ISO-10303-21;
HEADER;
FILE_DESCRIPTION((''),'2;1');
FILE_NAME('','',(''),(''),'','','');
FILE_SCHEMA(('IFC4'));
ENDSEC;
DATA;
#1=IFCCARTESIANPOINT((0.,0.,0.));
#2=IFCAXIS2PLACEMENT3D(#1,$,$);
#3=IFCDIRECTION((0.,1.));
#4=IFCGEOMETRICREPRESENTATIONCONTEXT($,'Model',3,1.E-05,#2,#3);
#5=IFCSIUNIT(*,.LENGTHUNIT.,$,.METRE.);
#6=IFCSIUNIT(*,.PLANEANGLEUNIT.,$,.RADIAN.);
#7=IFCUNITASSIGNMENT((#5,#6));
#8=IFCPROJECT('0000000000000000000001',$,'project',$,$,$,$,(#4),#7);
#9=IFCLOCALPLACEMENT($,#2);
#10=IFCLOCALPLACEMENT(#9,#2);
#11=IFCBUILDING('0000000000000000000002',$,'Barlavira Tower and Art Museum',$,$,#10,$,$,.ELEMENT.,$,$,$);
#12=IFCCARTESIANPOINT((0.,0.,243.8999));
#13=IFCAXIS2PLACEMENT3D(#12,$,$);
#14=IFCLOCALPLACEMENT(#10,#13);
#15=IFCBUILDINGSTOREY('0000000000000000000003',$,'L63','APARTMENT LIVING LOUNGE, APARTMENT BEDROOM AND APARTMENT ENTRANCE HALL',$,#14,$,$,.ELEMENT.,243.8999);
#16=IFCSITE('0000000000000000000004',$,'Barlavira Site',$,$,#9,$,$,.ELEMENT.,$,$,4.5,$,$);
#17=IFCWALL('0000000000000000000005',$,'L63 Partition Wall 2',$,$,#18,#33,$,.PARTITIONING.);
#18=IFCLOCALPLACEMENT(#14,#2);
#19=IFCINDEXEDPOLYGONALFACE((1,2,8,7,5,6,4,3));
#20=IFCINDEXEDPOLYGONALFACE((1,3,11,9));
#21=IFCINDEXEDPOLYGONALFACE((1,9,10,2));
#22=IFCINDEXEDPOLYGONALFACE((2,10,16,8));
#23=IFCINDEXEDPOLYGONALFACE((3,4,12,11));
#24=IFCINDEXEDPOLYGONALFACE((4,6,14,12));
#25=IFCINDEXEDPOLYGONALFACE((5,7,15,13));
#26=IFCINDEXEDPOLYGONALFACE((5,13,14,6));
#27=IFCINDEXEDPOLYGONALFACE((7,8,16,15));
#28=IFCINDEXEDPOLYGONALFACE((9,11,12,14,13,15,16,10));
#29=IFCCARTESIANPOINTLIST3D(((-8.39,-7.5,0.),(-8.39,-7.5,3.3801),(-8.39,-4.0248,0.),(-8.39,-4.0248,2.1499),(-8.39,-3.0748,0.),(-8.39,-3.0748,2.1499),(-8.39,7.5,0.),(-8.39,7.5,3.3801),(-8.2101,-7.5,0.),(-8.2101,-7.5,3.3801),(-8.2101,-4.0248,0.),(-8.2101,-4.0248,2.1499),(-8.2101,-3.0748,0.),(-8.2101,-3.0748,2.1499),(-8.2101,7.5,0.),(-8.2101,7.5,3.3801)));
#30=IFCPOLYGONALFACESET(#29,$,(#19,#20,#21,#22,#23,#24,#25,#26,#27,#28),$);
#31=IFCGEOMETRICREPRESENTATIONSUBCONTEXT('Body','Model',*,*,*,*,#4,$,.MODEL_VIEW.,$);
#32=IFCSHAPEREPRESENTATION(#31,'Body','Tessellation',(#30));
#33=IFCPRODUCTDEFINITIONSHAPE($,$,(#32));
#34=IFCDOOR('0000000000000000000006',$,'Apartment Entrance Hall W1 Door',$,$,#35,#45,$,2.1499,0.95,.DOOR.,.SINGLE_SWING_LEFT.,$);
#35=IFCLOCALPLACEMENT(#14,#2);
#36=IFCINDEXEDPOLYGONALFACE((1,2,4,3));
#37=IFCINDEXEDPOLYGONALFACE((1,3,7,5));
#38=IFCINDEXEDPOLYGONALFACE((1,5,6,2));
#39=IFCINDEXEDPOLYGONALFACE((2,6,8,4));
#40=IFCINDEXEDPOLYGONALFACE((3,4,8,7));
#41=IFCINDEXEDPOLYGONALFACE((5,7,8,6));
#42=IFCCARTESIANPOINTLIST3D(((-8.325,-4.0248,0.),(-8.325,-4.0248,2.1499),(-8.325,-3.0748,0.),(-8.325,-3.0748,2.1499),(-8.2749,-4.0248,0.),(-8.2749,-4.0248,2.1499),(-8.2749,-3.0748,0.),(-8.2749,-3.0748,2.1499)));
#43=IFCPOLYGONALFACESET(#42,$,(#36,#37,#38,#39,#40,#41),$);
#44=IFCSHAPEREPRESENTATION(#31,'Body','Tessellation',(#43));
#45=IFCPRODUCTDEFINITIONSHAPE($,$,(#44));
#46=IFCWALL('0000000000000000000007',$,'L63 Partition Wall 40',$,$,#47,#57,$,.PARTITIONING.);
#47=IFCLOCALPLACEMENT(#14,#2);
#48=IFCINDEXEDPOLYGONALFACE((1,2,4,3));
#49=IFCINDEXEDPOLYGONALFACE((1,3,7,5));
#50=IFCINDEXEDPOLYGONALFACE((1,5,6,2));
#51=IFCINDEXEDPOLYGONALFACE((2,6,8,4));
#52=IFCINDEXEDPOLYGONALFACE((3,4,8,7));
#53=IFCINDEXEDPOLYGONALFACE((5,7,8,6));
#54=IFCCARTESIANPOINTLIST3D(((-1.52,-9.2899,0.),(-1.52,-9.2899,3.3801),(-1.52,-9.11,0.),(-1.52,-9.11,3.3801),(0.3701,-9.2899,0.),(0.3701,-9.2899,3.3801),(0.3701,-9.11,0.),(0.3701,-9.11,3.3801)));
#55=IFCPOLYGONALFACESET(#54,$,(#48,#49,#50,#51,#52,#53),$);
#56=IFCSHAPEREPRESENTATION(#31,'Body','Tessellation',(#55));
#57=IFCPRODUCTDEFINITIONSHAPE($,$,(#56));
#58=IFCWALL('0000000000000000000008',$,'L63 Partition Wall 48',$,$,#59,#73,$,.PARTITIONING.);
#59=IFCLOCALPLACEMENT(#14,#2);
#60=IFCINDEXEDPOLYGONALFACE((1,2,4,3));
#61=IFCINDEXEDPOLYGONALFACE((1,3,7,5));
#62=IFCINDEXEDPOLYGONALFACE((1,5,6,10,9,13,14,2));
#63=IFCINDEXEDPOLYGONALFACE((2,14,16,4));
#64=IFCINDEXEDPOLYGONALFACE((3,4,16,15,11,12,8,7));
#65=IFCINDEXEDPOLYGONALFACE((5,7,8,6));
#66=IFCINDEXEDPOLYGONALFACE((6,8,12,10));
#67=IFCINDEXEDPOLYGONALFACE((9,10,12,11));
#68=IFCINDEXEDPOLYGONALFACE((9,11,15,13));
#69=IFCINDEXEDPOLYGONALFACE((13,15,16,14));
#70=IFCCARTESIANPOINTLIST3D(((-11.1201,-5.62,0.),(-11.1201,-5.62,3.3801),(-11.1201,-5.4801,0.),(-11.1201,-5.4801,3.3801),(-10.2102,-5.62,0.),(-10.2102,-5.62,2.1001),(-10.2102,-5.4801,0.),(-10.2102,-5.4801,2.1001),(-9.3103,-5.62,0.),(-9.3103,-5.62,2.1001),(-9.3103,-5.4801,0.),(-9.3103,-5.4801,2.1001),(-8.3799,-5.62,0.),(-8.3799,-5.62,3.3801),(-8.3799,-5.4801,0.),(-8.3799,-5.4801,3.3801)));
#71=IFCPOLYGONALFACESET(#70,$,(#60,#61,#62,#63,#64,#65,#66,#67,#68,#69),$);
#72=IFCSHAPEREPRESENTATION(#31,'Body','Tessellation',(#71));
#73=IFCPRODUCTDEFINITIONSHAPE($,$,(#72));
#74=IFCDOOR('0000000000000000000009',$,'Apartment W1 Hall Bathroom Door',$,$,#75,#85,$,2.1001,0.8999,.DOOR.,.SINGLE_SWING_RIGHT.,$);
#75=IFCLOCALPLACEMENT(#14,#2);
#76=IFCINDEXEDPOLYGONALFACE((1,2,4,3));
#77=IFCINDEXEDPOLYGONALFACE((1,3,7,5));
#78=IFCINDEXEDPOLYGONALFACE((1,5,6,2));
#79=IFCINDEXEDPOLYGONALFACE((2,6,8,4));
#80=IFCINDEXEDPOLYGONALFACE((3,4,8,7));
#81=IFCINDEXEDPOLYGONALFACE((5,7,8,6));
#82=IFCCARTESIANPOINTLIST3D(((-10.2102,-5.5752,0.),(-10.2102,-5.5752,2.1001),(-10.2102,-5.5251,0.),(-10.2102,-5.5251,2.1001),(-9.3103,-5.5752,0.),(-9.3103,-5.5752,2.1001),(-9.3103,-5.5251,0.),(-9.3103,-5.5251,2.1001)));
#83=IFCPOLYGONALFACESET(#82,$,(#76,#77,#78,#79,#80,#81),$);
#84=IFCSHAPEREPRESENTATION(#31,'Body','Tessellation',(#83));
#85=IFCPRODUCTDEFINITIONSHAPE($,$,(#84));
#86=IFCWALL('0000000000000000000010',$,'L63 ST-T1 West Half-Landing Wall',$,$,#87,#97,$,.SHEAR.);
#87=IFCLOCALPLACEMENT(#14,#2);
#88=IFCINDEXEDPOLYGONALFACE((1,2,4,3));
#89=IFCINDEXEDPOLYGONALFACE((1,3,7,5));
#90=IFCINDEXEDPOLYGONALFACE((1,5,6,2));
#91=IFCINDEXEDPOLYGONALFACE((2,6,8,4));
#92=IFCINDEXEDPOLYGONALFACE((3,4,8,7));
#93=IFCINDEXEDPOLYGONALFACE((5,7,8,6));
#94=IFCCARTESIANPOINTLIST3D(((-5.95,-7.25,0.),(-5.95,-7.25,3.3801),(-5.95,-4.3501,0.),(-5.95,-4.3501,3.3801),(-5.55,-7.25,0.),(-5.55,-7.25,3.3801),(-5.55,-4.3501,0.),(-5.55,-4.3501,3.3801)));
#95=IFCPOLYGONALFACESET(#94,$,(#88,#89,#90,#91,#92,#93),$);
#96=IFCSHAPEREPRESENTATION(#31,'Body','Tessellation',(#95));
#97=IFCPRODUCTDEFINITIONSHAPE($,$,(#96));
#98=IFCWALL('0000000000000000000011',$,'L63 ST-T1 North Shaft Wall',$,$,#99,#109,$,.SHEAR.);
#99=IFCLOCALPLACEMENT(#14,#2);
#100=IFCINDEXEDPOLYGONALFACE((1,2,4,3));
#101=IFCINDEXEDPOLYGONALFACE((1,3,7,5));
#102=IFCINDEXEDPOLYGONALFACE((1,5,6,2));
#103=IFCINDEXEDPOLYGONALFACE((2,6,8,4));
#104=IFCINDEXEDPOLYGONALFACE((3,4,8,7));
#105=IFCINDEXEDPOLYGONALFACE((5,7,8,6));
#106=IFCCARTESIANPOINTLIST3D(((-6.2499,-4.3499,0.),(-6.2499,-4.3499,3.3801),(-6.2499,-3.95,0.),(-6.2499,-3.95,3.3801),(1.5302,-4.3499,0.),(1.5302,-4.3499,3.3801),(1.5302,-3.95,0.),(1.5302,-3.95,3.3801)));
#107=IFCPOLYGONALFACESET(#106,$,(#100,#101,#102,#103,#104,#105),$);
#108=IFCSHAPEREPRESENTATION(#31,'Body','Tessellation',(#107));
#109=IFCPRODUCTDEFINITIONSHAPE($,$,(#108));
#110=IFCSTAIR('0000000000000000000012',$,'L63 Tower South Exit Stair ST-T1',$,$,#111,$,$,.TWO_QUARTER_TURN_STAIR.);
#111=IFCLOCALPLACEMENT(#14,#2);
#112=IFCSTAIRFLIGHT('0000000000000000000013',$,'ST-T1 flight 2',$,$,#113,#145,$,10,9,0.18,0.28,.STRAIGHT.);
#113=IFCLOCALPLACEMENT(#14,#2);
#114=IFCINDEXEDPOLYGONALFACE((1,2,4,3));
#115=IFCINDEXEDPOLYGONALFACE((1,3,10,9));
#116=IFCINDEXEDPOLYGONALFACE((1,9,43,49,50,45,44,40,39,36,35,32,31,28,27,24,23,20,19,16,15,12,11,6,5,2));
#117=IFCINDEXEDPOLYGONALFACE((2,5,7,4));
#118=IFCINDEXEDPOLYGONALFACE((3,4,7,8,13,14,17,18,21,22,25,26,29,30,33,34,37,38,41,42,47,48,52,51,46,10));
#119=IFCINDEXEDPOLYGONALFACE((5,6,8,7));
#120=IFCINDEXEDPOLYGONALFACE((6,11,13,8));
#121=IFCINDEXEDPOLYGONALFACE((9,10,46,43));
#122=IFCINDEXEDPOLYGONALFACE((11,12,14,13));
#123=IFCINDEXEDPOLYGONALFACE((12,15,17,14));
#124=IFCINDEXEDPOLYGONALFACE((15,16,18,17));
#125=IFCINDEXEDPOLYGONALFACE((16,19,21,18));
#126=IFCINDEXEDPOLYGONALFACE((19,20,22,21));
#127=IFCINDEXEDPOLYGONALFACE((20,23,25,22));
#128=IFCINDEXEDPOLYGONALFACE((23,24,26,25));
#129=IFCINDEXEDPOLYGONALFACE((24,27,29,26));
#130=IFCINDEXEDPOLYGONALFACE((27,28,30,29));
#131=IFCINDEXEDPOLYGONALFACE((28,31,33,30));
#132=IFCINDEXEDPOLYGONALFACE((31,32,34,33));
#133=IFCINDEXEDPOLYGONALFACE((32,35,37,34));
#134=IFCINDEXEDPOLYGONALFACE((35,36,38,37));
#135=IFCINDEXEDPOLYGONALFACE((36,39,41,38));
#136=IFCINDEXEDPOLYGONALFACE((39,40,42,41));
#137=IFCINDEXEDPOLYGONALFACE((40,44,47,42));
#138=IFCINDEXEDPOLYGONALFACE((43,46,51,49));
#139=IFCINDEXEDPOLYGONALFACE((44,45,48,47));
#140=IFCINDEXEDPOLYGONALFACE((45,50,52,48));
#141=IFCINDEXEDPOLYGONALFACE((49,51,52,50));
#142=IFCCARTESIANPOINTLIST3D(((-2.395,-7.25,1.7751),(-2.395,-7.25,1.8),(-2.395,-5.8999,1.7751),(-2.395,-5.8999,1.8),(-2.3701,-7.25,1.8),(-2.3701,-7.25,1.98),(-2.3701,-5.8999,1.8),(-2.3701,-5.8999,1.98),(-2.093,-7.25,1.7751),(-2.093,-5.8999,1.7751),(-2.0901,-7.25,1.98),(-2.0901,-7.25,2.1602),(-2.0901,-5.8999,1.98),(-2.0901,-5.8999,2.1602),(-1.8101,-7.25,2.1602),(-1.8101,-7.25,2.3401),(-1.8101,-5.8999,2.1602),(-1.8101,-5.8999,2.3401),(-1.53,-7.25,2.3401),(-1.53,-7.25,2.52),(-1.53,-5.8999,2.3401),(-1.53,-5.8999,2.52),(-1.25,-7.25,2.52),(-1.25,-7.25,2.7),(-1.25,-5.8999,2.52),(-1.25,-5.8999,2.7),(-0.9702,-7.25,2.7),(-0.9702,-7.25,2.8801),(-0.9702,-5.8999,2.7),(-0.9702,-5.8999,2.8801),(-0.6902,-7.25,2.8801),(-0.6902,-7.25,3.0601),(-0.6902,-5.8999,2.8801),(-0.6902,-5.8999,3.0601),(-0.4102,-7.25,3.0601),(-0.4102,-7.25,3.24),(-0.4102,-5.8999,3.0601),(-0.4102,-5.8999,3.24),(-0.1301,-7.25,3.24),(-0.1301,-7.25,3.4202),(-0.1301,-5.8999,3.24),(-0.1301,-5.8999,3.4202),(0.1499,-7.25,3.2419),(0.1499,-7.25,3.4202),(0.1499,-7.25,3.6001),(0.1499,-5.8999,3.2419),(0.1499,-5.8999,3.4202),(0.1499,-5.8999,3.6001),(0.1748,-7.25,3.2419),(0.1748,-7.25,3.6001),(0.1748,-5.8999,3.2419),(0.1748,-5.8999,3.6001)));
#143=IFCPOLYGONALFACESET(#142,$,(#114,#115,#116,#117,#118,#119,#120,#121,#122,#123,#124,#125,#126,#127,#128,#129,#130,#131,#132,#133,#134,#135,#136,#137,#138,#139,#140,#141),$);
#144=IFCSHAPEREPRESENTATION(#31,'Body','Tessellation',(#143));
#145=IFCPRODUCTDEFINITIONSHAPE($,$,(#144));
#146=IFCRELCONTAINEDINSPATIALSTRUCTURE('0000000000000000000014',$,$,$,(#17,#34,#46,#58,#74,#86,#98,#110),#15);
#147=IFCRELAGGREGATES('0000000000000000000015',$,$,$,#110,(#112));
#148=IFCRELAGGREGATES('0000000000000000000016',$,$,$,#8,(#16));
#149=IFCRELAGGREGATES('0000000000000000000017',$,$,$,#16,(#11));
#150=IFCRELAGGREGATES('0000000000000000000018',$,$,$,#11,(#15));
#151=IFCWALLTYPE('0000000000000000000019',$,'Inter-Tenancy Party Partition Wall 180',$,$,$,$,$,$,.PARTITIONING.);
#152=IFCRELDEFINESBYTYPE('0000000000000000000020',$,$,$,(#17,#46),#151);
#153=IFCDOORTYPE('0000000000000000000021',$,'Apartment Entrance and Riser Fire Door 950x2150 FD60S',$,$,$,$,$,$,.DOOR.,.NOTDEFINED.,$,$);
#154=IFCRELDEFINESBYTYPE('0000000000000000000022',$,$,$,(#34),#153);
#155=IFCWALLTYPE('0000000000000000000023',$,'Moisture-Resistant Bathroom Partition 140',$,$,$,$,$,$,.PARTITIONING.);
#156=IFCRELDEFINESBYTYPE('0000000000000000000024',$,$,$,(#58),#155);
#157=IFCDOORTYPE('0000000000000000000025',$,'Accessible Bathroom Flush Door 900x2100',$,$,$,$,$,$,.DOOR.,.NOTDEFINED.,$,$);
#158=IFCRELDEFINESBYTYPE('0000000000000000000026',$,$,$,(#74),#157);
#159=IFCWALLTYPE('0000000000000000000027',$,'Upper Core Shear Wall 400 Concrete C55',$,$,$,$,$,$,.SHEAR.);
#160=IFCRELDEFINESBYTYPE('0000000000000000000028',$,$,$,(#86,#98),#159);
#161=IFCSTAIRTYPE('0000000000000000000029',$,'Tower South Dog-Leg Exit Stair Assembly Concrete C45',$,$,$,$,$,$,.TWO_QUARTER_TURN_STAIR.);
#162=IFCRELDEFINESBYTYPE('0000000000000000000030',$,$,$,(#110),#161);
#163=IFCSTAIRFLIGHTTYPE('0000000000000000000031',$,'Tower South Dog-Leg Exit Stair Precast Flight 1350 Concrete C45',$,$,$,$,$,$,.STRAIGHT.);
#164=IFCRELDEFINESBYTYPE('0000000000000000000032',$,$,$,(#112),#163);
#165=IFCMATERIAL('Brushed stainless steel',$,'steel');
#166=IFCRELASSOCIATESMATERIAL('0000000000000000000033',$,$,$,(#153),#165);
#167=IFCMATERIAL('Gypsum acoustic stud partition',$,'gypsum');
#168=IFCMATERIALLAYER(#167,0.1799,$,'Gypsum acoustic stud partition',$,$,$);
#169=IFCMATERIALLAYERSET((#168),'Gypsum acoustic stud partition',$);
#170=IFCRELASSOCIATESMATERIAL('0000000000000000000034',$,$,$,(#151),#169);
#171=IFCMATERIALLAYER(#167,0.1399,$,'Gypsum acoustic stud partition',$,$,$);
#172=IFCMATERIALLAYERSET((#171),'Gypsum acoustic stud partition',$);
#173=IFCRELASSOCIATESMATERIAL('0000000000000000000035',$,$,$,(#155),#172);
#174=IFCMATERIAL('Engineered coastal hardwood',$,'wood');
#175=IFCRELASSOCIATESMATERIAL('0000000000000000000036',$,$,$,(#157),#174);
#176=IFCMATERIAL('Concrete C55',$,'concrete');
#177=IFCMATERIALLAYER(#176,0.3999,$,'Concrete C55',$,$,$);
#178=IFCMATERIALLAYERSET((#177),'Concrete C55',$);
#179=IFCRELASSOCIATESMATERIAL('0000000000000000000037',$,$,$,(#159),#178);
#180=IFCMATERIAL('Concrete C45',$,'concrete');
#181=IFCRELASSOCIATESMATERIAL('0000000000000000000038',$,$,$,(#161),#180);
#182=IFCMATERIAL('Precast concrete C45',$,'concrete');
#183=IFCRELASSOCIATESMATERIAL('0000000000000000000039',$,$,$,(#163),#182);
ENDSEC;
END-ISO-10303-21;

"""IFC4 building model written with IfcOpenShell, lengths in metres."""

from ifc_helpers import new_model, si_unit, direction, frame, frame_2d, origin, place, context, subcontext, project, spatial, polyline, rectangle, outline, extrude, material, layer, layer_set, type_object, element, fill, aggregate, save


model = new_model("IFC4")

# Units and contexts
model_context = context("Model", 3, precision=1e-05, world=origin(), true_north=direction((0.0, 1.0)))
body_context = subcontext(model_context, "Body", "Model", "MODEL_VIEW")
ifc_project = project(units=[si_unit("LENGTHUNIT", "METRE"), si_unit("PLANEANGLEUNIT", "RADIAN")], contexts=[model_context])

# Site, building, storey
site_placement = place(None, origin())
site = spatial("IfcSite", under=ifc_project, at=site_placement, Name="Barlavira Site", CompositionType="ELEMENT", RefElevation=4.5)
building_placement = place(site_placement, origin())
building = spatial("IfcBuilding", under=site, at=building_placement, Name="Barlavira Tower and Art Museum", CompositionType="ELEMENT")
storey_placement = place(building_placement, frame((0.0, 0.0, 243.8999)))
storey = spatial("IfcBuildingStorey", under=building, at=storey_placement, Name="L63", Description="APARTMENT LIVING LOUNGE, APARTMENT BEDROOM AND APARTMENT ENTRANCE HALL", CompositionType="ELEMENT", Elevation=243.8999)

# Shared definitions
ifc_material_1 = material(Name="Gypsum acoustic stud partition", Category="gypsum")
ifc_material_2 = material(Name="Engineered coastal hardwood", Category="wood")

# Shared definitions
ifc_material_3 = material(Name="Brushed stainless steel", Category="steel")
door_type_1 = type_object("IfcDoorType", Name="Apartment Entrance and Riser Fire Door 950x2150 FD60S", OperationType="NOTDEFINED", PredefinedType="DOOR", material=ifc_material_3)

# Wall, opening, door
ifc_layer_1 = layer(ifc_material_1, 0.1799, Name="Gypsum acoustic stud partition")
ifc_layer_set_1 = layer_set([ifc_layer_1], Name="Gypsum acoustic stud partition")
wall_type_1 = type_object("IfcWallType", Name="Inter-Tenancy Party Partition Wall 180", PredefinedType="PARTITIONING", material=ifc_layer_set_1)
wall_1_placement = place(storey_placement, frame((-8.3, -7.5, 0.0), z_axis=(0.0, 0.0, 1.0), x_axis=(0.0, 1.0, 0.0)))
wall_1 = element("IfcWall", 1, at=wall_1_placement, inside=storey, type_object=wall_type_1, Name="L63 Partition Wall 2", PredefinedType="PARTITIONING", context=body_context, shape_type="SweptSolid", body=[
    extrude(rectangle(XDim=15.0, YDim=0.1799, at=frame_2d((7.5, 0.0))), origin(), (0.0, 0.0, 1.0), 3.3801),
])
opening_1_placement = place(wall_1_placement, frame((3.4751, 0.0, 0.0)))
opening_1 = element("IfcOpeningElement", 2, at=opening_1_placement, cuts=wall_1, PredefinedType="OPENING", context=body_context, shape_type="SweptSolid", body=[
    extrude(rectangle(XDim=0.95, YDim=2.1499, at=frame_2d((0.4751, 1.075))), frame((0.0, 0.1001, 0.0), z_axis=(0.0, -1.0, 0.0), x_axis=(1.0, 0.0, 0.0)), (0.0, 0.0, 1.0), 0.2),
])
door_1_placement = place(opening_1_placement, origin())
door_1 = element("IfcDoor", 3, at=door_1_placement, inside=storey, type_object=door_type_1, Name="Apartment Entrance Hall W1 Door", OperationType="SINGLE_SWING_LEFT", OverallHeight=2.1499, OverallWidth=0.95, PredefinedType="DOOR", context=body_context, shape_type="SweptSolid", body=[
    extrude(rectangle(XDim=0.95, YDim=2.1499, at=frame_2d((0.4751, 1.075))), frame((0.0, 0.0249, 0.0), z_axis=(0.0, -1.0, 0.0), x_axis=(1.0, 0.0, 0.0)), (0.0, 0.0, 1.0), 0.05),
])
fill(opening_1, door_1)

# Wall
wall_2_placement = place(storey_placement, frame((-1.52, -9.2, 0.0), z_axis=(0.0, 0.0, 1.0), x_axis=(1.0, 0.0, 0.0)))
element("IfcWall", 4, at=wall_2_placement, inside=storey, type_object=wall_type_1, Name="L63 Partition Wall 40", PredefinedType="PARTITIONING", context=body_context, shape_type="SweptSolid", body=[
    extrude(rectangle(XDim=1.8901, YDim=0.1799, at=frame_2d((0.9451, 0.0))), origin(), (0.0, 0.0, 1.0), 3.3801),
])

# Wall, opening, door
ifc_layer_2 = layer(ifc_material_1, 0.1399, Name="Gypsum acoustic stud partition")
ifc_layer_set_2 = layer_set([ifc_layer_2], Name="Gypsum acoustic stud partition")
wall_type_2 = type_object("IfcWallType", Name="Moisture-Resistant Bathroom Partition 140", PredefinedType="PARTITIONING", material=ifc_layer_set_2)
wall_3_placement = place(storey_placement, frame((-11.1201, -5.55, 0.0), z_axis=(0.0, 0.0, 1.0), x_axis=(1.0, 0.0, 0.0)))
wall_3 = element("IfcWall", 5, at=wall_3_placement, inside=storey, type_object=wall_type_2, Name="L63 Partition Wall 48", PredefinedType="PARTITIONING", context=body_context, shape_type="SweptSolid", body=[
    extrude(rectangle(XDim=2.7402, YDim=0.1399, at=frame_2d((1.3701, 0.0))), origin(), (0.0, 0.0, 1.0), 3.3801),
])
opening_2_placement = place(wall_3_placement, frame((0.9099, 0.0, 0.0)))
opening_2 = element("IfcOpeningElement", 6, at=opening_2_placement, cuts=wall_3, PredefinedType="OPENING", context=body_context, shape_type="SweptSolid", body=[
    extrude(rectangle(XDim=0.8999, YDim=2.1001, at=frame_2d((0.45, 1.05))), frame((0.0, 0.0801, 0.0), z_axis=(0.0, -1.0, 0.0), x_axis=(1.0, 0.0, 0.0)), (0.0, 0.0, 1.0), 0.1599),
])
door_type_2 = type_object("IfcDoorType", Name="Accessible Bathroom Flush Door 900x2100", OperationType="NOTDEFINED", PredefinedType="DOOR", material=ifc_material_2)
door_2_placement = place(opening_2_placement, origin())
door_2 = element("IfcDoor", 7, at=door_2_placement, inside=storey, type_object=door_type_2, Name="Apartment W1 Hall Bathroom Door", OperationType="SINGLE_SWING_RIGHT", OverallHeight=2.1001, OverallWidth=0.8999, PredefinedType="DOOR", context=body_context, shape_type="SweptSolid", body=[
    extrude(rectangle(XDim=0.8999, YDim=2.1001, at=frame_2d((0.45, 1.05))), frame((0.0, 0.0249, 0.0), z_axis=(0.0, -1.0, 0.0), x_axis=(1.0, 0.0, 0.0)), (0.0, 0.0, 1.0), 0.05),
])
fill(opening_2, door_2)

# Walls
ifc_material_4 = material(Name="Concrete C55", Category="concrete")
ifc_layer_3 = layer(ifc_material_4, 0.3999, Name="Concrete C55")
ifc_layer_set_3 = layer_set([ifc_layer_3], Name="Concrete C55")
wall_type_3 = type_object("IfcWallType", Name="Upper Core Shear Wall 400 Concrete C55", PredefinedType="SHEAR", material=ifc_layer_set_3)
wall_4_placement = place(storey_placement, frame((-5.75, -7.25, 0.0), z_axis=(0.0, 0.0, 1.0), x_axis=(0.0, 1.0, 0.0)))
element("IfcWall", 8, at=wall_4_placement, inside=storey, type_object=wall_type_3, Name="L63 ST-T1 West Half-Landing Wall", PredefinedType="SHEAR", context=body_context, shape_type="SweptSolid", body=[
    extrude(rectangle(XDim=2.8999, YDim=0.3999, at=frame_2d((1.45, 0.0))), origin(), (0.0, 0.0, 1.0), 3.3801),
])
wall_5_placement = place(storey_placement, frame((-6.25, -4.1499, 0.0), z_axis=(0.0, 0.0, 1.0), x_axis=(1.0, 0.0, 0.0)))
element("IfcWall", 9, at=wall_5_placement, inside=storey, type_object=wall_type_3, Name="L63 ST-T1 North Shaft Wall", PredefinedType="SHEAR", context=body_context, shape_type="SweptSolid", body=[
    extrude(rectangle(XDim=7.78, YDim=0.3999, at=frame_2d((3.8901, 0.0))), origin(), (0.0, 0.0, 1.0), 3.3801),
])

# Stair, stair flight
ifc_material_5 = material(Name="Concrete C45", Category="concrete")
stair_type = type_object("IfcStairType", Name="Tower South Dog-Leg Exit Stair Assembly Concrete C45", PredefinedType="TWO_QUARTER_TURN_STAIR", material=ifc_material_5)
stair_placement = place(storey_placement, origin())
stair = element("IfcStair", 10, at=stair_placement, inside=storey, type_object=stair_type, Name="L63 Tower South Exit Stair ST-T1", PredefinedType="TWO_QUARTER_TURN_STAIR")
ifc_material_6 = material(Name="Precast concrete C45", Category="concrete")
stair_flight_type = type_object("IfcStairFlightType", Name="Tower South Dog-Leg Exit Stair Precast Flight 1350 Concrete C45", PredefinedType="STRAIGHT", material=ifc_material_6)
stair_flight_placement = place(storey_placement, frame((-2.3701, -6.575, 1.8), z_axis=(0.0, 0.0, 1.0), x_axis=(1.0, 0.0, 0.0)))
stair_flight = element("IfcStairFlight", 11, at=stair_flight_placement, type_object=stair_flight_type, Name="ST-T1 flight 2", NumberOfRisers=10, NumberOfTreads=9, PredefinedType="STRAIGHT", RiserHeight=0.18, TreadLength=0.28, context=body_context, shape_type="SweptSolid", body=[
    extrude(outline(polyline([(-0.0249, 0.0), (0.0, 0.0), (0.0, 0.1799), (0.28, 0.1799), (0.28, 0.3601), (0.5601, 0.3601), (0.5601, 0.54), (0.8401, 0.54), (0.8401, 0.72), (1.1201, 0.72), (1.1201, 0.8999), (1.3999, 0.8999), (1.3999, 1.0801), (1.6799, 1.0801), (1.6799, 1.26), (1.96, 1.26), (1.96, 1.4399), (2.24, 1.4399), (2.24, 1.6201), (2.52, 1.6201), (2.52, 1.8), (2.5449, 1.8), (2.5449, 1.4419), (2.52, 1.4419), (0.2771, -0.0249), (-0.0249, -0.0249), (-0.0249, 0.0)])), frame((0.0, 0.675, 0.0), z_axis=(0.0, -1.0, 0.0), x_axis=(1.0, 0.0, 0.0)), (0.0, 0.0, 1.0), 1.3501),
])
aggregate(stair, [stair_flight])

save(model, "model.ifc")
